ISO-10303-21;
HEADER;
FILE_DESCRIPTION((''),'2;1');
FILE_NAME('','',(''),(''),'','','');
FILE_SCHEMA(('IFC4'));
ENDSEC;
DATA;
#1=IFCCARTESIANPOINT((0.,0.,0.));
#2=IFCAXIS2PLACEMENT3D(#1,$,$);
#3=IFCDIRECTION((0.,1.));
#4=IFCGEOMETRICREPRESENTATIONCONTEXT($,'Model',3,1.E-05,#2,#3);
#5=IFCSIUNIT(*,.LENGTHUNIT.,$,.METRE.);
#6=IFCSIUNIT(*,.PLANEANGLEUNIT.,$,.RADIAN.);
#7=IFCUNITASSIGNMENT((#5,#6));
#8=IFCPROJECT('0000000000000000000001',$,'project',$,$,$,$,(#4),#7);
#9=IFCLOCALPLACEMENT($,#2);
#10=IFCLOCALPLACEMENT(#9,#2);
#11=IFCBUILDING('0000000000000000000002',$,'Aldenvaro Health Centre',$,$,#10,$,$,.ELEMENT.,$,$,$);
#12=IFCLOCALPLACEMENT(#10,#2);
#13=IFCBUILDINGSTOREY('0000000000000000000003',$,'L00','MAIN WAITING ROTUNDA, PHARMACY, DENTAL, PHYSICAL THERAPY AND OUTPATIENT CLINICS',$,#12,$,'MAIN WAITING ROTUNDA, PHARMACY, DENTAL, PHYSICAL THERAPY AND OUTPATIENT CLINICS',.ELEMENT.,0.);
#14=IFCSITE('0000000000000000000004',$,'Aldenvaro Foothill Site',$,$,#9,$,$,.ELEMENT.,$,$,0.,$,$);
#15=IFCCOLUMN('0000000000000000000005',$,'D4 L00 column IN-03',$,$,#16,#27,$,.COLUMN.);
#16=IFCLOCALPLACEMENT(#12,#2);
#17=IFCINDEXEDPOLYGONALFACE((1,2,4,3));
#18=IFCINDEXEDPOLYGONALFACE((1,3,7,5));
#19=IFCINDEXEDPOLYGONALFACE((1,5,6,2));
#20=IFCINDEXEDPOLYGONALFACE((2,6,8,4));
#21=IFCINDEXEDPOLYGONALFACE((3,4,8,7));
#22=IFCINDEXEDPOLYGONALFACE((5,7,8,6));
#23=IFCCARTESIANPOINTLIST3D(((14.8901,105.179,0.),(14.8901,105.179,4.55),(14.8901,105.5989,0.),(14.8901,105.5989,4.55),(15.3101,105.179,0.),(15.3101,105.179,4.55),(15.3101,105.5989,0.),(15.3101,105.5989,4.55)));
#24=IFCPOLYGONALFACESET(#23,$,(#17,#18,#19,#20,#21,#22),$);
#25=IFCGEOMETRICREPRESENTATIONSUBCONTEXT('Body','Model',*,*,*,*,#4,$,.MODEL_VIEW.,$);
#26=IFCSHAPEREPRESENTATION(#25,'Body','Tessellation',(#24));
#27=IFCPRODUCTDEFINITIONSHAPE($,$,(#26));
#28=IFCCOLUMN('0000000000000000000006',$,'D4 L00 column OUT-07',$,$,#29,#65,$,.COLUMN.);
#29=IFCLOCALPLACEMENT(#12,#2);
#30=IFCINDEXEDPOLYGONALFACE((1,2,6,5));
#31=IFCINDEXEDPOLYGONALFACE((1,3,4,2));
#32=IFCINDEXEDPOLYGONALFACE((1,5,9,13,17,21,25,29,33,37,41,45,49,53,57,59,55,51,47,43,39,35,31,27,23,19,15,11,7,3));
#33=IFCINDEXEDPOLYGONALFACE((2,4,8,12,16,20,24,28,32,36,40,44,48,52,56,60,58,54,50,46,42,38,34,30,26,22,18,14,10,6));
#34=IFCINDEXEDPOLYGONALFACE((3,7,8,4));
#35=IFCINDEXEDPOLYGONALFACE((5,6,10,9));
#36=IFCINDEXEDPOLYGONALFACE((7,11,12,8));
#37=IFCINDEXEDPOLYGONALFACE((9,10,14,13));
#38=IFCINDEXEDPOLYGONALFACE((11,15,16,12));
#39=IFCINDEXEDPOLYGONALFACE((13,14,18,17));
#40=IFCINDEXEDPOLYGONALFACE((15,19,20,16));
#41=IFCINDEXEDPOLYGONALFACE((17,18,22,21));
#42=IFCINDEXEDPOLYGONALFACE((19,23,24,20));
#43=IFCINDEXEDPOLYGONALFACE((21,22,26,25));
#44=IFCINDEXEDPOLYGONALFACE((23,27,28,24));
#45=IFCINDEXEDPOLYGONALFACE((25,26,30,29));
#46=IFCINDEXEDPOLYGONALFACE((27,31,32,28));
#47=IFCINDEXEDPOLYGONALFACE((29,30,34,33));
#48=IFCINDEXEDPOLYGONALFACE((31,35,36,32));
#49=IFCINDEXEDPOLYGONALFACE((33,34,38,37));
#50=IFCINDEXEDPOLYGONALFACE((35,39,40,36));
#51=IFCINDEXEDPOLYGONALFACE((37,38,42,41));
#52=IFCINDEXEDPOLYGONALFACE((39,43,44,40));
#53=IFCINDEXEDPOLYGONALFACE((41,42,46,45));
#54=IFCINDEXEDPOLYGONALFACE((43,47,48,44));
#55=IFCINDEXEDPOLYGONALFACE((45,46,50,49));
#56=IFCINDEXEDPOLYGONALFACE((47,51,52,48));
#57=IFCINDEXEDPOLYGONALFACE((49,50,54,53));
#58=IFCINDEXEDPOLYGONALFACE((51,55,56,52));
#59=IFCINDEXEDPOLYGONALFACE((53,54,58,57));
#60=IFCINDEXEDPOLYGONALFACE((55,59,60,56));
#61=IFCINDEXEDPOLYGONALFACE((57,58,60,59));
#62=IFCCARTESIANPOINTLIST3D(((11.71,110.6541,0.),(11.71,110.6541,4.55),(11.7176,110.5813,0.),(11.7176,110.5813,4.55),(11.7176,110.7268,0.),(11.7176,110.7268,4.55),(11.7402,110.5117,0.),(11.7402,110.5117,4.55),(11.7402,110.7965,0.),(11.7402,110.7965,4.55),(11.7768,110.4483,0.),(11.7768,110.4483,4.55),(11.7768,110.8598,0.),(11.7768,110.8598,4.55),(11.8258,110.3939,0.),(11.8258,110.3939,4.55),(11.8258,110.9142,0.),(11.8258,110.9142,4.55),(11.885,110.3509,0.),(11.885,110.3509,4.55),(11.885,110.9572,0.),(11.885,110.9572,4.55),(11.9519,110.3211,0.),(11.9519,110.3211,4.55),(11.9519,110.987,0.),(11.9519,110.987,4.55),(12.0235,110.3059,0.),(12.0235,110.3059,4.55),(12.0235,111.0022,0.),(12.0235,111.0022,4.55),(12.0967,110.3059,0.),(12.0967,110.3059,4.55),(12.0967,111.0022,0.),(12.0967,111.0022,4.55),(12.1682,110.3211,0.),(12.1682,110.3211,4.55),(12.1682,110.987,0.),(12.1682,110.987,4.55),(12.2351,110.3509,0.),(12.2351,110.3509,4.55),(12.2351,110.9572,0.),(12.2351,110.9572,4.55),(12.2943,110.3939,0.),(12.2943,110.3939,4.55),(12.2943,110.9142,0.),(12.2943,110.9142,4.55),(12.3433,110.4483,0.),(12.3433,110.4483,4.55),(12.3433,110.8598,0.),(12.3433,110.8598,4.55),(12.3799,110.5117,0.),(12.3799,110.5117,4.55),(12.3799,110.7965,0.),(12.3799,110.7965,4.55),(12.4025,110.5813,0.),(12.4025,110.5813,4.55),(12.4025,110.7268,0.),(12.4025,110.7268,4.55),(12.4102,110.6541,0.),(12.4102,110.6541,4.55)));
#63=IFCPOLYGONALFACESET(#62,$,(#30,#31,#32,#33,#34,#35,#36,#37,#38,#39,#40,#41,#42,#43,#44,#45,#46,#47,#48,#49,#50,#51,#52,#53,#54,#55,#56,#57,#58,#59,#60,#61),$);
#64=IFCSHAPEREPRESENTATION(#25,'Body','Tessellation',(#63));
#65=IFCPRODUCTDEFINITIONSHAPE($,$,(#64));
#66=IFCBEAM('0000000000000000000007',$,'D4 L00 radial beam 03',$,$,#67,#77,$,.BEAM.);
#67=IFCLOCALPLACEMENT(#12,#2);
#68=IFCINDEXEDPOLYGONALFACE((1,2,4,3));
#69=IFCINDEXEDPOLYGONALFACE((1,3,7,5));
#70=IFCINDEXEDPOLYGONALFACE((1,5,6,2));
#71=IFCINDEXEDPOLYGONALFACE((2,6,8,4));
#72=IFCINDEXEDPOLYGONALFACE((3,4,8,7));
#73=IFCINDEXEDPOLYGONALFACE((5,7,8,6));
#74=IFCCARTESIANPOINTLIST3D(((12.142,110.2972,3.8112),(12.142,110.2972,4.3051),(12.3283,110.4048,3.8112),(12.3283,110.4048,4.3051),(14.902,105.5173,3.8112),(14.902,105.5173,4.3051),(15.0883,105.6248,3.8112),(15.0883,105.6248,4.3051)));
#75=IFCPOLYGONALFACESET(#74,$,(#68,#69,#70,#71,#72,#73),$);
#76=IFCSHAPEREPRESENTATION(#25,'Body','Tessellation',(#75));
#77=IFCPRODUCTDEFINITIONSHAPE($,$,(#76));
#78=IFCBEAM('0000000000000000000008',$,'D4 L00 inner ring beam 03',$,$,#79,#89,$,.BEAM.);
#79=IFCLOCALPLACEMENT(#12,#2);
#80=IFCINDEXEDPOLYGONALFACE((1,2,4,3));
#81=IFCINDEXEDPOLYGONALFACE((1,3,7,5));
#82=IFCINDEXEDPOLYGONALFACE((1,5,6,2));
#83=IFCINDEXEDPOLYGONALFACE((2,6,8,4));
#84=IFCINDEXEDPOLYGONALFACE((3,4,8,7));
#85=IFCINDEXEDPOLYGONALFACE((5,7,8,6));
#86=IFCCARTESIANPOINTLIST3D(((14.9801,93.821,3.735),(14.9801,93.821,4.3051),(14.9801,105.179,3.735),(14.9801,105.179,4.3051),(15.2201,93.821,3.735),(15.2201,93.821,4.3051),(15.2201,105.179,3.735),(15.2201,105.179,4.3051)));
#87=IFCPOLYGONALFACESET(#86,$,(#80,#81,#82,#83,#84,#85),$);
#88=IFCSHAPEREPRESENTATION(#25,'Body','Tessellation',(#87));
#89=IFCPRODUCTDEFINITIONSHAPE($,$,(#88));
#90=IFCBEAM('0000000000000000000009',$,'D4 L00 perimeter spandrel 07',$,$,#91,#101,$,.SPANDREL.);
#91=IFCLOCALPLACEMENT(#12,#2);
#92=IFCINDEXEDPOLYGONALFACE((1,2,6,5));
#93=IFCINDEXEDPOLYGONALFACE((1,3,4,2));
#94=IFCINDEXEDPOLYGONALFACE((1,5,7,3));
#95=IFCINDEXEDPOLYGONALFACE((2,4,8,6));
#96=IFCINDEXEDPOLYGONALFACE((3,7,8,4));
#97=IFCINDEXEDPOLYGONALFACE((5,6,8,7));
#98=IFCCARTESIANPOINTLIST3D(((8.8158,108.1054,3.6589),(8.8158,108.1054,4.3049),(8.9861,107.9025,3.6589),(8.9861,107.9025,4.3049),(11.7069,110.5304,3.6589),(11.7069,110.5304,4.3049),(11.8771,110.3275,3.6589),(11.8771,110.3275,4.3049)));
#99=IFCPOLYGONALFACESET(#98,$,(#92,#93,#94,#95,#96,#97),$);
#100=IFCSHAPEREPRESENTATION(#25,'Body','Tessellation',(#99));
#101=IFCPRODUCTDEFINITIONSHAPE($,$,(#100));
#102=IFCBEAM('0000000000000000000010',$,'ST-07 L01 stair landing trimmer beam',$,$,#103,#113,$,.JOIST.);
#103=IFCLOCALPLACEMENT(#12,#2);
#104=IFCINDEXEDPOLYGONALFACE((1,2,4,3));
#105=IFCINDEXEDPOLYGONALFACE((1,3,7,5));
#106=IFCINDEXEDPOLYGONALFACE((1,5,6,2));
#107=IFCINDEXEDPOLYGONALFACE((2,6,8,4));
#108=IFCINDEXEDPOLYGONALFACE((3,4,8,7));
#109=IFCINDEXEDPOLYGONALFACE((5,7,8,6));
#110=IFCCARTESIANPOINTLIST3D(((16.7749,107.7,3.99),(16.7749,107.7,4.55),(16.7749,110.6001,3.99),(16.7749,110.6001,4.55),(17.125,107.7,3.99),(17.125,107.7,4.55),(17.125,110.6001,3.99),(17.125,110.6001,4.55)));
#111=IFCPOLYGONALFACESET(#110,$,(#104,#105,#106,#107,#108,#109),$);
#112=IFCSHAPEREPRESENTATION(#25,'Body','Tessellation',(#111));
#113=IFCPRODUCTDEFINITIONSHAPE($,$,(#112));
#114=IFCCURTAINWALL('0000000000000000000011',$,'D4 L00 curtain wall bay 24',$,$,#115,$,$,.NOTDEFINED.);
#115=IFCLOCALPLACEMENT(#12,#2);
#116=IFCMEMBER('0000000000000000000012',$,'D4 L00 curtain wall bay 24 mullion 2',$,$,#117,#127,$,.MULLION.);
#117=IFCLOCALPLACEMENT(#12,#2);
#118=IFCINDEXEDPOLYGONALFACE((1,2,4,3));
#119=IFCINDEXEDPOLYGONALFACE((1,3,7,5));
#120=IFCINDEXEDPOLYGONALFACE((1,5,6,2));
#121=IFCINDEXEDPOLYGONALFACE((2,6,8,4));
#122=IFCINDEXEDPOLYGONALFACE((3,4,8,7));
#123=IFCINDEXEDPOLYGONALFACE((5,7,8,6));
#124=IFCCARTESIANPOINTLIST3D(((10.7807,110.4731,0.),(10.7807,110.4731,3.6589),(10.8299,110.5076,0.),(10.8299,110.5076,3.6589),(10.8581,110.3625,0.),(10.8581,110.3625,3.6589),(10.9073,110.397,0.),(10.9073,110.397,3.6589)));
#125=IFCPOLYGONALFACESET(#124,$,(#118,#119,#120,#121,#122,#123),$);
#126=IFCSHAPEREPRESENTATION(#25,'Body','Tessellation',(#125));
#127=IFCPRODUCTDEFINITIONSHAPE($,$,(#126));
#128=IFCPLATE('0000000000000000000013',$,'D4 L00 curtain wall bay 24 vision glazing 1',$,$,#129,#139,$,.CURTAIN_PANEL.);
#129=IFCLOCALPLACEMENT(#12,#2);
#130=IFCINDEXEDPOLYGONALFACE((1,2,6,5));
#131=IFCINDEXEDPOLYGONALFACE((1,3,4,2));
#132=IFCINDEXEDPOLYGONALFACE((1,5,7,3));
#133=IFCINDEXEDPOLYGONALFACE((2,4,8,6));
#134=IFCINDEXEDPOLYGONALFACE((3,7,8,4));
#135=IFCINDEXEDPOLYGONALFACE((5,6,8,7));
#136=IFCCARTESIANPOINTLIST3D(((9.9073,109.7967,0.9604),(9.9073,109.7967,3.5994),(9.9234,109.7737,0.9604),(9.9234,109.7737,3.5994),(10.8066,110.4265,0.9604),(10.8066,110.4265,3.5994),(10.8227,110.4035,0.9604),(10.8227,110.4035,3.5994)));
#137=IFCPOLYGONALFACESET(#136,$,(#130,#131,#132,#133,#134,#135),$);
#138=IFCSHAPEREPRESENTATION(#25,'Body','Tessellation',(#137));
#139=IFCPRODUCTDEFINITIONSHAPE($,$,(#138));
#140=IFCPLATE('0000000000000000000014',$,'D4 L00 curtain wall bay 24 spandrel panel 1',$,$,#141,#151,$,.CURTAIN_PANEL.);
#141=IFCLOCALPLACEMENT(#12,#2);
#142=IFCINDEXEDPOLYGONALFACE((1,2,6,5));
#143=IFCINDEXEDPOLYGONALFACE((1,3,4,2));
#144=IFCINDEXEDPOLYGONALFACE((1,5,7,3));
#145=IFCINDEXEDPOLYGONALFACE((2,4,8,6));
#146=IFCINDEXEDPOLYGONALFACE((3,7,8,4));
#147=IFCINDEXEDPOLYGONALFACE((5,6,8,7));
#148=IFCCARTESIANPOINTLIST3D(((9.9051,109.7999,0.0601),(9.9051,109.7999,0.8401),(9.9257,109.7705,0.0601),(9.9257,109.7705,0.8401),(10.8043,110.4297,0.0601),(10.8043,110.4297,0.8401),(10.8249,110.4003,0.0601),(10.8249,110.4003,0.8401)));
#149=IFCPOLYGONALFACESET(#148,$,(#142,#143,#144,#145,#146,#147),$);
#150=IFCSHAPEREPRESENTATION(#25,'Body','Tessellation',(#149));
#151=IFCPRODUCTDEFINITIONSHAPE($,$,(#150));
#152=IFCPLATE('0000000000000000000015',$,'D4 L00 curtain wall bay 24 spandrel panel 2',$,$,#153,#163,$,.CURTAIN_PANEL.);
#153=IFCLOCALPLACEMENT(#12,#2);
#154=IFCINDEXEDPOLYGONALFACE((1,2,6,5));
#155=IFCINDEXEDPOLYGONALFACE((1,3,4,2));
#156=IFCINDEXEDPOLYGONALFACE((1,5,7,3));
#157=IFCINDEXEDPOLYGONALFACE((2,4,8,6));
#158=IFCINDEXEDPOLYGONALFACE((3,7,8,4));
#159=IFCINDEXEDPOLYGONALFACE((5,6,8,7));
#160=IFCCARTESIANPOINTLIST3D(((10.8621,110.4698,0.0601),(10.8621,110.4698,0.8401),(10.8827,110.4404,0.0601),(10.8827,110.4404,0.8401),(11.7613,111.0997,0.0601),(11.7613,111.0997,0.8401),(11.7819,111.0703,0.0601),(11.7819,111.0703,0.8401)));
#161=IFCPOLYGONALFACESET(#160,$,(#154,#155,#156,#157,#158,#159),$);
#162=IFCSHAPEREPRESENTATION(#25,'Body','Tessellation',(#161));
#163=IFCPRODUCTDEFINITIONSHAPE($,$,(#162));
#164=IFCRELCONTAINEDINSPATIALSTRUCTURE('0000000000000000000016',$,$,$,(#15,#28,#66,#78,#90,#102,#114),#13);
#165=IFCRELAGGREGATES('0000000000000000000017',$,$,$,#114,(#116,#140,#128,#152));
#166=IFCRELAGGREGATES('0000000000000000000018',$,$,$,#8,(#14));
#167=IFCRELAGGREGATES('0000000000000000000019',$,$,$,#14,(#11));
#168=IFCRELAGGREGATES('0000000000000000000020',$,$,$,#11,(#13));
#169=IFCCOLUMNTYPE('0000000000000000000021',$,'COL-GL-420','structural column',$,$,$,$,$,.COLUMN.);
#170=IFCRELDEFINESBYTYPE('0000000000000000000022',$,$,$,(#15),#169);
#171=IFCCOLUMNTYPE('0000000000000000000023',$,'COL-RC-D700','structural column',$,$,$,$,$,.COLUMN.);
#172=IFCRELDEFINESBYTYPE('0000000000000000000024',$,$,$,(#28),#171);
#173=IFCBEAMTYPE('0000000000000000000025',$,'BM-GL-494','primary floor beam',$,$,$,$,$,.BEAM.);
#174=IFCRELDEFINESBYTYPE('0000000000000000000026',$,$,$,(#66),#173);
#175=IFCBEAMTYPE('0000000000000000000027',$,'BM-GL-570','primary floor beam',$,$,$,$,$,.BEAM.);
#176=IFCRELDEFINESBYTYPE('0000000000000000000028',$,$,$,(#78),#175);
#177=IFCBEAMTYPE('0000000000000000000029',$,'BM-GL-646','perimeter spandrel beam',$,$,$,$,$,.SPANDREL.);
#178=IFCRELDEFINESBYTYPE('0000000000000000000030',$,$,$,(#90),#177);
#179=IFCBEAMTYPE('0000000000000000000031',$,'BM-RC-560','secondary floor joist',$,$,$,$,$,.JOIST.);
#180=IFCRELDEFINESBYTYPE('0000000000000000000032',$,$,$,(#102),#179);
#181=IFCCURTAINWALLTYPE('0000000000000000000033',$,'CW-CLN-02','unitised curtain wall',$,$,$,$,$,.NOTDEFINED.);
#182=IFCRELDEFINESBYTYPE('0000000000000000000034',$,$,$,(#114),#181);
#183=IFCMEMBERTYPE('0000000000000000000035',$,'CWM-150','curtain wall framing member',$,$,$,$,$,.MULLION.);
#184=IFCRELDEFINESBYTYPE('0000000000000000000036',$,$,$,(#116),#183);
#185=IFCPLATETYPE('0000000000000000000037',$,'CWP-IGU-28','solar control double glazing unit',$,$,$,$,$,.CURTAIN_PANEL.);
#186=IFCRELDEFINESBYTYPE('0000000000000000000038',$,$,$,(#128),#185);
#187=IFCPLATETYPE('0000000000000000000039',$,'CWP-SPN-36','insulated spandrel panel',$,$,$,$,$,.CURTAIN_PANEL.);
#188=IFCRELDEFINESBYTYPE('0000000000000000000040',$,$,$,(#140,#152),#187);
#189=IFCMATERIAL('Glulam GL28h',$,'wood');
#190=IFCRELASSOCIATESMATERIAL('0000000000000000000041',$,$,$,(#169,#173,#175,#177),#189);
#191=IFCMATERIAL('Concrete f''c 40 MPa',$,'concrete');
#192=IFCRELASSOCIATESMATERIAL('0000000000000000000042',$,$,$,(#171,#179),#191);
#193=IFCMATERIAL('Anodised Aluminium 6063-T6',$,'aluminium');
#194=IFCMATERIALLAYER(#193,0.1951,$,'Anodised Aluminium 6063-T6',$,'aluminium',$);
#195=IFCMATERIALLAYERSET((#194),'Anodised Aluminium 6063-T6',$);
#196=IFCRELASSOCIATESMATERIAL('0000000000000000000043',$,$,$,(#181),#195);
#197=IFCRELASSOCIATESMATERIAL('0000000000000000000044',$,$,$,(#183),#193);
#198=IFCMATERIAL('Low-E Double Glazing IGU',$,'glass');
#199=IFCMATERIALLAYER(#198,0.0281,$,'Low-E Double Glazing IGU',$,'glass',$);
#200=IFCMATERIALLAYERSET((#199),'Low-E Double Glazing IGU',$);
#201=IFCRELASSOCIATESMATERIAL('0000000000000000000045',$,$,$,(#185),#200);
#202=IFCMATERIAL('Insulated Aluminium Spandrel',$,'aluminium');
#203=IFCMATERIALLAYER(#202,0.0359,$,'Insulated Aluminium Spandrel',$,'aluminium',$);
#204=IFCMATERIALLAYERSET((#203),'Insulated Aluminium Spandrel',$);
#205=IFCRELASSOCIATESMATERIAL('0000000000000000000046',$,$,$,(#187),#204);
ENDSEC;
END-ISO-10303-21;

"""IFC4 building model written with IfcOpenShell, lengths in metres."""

from ifc_helpers import new_model, si_unit, direction, frame, origin, origin_2d, place, context, subcontext, project, spatial, rectangle, circle, extrude, material, layer, layer_set, material_profile, profile_set, type_object, element, aggregate, save


model = new_model("IFC4")

# Units and contexts
model_context = context("Model", 3, precision=1e-05, world=origin(), true_north=direction((0.0, 1.0)))
body_context = subcontext(model_context, "Body", "Model", "MODEL_VIEW")
ifc_project = project(units=[si_unit("LENGTHUNIT", "METRE"), si_unit("PLANEANGLEUNIT", "RADIAN")], contexts=[model_context])

# Site, building, storey
site_placement = place(None, origin())
site = spatial("IfcSite", under=ifc_project, at=site_placement, Name="Aldenvaro Foothill Site", CompositionType="ELEMENT", RefElevation=0.0)
building_placement = place(site_placement, origin())
building = spatial("IfcBuilding", under=site, at=building_placement, Name="Aldenvaro Health Centre", CompositionType="ELEMENT")
storey_placement = place(building_placement, origin())
storey = spatial("IfcBuildingStorey", under=building, at=storey_placement, Name="L00", Description="MAIN WAITING ROTUNDA, PHARMACY, DENTAL, PHYSICAL THERAPY AND OUTPATIENT CLINICS", LongName="MAIN WAITING ROTUNDA, PHARMACY, DENTAL, PHYSICAL THERAPY AND OUTPATIENT CLINICS", CompositionType="ELEMENT", Elevation=0.0)

# Columns
ifc_material_1 = material(Name="Glulam GL28h", Category="wood")
ifc_material_profile_1 = material_profile(ifc_material_1, rectangle(XDim=0.4199, YDim=0.4199, at=origin_2d()), Name="GL 420x420", Category="wood")
ifc_profile_set_1 = profile_set([ifc_material_profile_1], Name="Glulam GL28h")
column_type_1 = type_object("IfcColumnType", Name="COL-GL-420", Description="structural column", PredefinedType="COLUMN", material=ifc_profile_set_1)
column_1_placement = place(storey_placement, frame((15.1001, 105.3889, 0.0), z_axis=(0.0, 0.0, 1.0), x_axis=(1.0, 0.0, 0.0)))
element("IfcColumn", 1, at=column_1_placement, inside=storey, type_object=column_type_1, Name="D4 L00 column IN-03", PredefinedType="COLUMN", context=body_context, shape_type="SweptSolid", body=[
    extrude(rectangle(XDim=0.4199, YDim=0.4199, at=origin_2d()), origin(), (0.0, 0.0, 1.0), 4.55),
])
ifc_material_2 = material(Name="Concrete f'c 40 MPa", Category="concrete")
ifc_material_profile_2 = material_profile(ifc_material_2, circle(Radius=0.3501, at=origin_2d()), Name="RC D700", Category="concrete")
ifc_profile_set_2 = profile_set([ifc_material_profile_2], Name="Concrete f'c 40 MPa")
column_type_2 = type_object("IfcColumnType", Name="COL-RC-D700", Description="structural column", PredefinedType="COLUMN", material=ifc_profile_set_2)
column_2_placement = place(storey_placement, frame((12.0601, 110.6541, 0.0), z_axis=(0.0, 0.0, 1.0), x_axis=(1.0, 0.0, 0.0)))
element("IfcColumn", 2, at=column_2_placement, inside=storey, type_object=column_type_2, Name="D4 L00 column OUT-07", PredefinedType="COLUMN", context=body_context, shape_type="SweptSolid", body=[
    extrude(circle(Radius=0.3501, at=origin_2d()), origin(), (0.0, 0.0, 1.0), 4.55),
])

# Beams
ifc_material_profile_3 = material_profile(ifc_material_1, rectangle(XDim=0.2151, YDim=0.4939, at=origin_2d()), Name="GL 215x494", Category="wood")
ifc_profile_set_3 = profile_set([ifc_material_profile_3], Name="Glulam GL28h")
beam_type_1 = type_object("IfcBeamType", Name="BM-GL-494", Description="primary floor beam", PredefinedType="BEAM", material=ifc_profile_set_3)
beam_1_placement = place(storey_placement, frame((14.9951, 105.571, 4.0581), z_axis=(-0.500035, 0.866005, 0.0), x_axis=(-0.866005, -0.500035, 0.0)))
element("IfcBeam", 3, at=beam_1_placement, inside=storey, type_object=beam_type_1, Name="D4 L00 radial beam 03", PredefinedType="BEAM", context=body_context, shape_type="SweptSolid", body=[
    extrude(rectangle(XDim=0.2151, YDim=0.4939, at=origin_2d()), origin(), (0.0, 0.0, 1.0), 5.5195),
])
ifc_material_profile_4 = material_profile(ifc_material_1, rectangle(XDim=0.24, YDim=0.5701, at=origin_2d()), Name="GL 240x570", Category="wood")
ifc_profile_set_4 = profile_set([ifc_material_profile_4], Name="Glulam GL28h")
beam_type_2 = type_object("IfcBeamType", Name="BM-GL-570", Description="primary floor beam", PredefinedType="BEAM", material=ifc_profile_set_4)
beam_2_placement = place(storey_placement, frame((15.1001, 105.179, 4.02), z_axis=(0.0, -1.0, 0.0), x_axis=(1.0, 0.0, 0.0)))
element("IfcBeam", 4, at=beam_2_placement, inside=storey, type_object=beam_type_2, Name="D4 L00 inner ring beam 03", PredefinedType="BEAM", context=body_context, shape_type="SweptSolid", body=[
    extrude(rectangle(XDim=0.24, YDim=0.5701, at=origin_2d()), origin(), (0.0, 0.0, 1.0), 11.3579),
])
ifc_material_profile_5 = material_profile(ifc_material_1, rectangle(XDim=0.2649, YDim=0.646, at=origin_2d()), Name="GL 265x646", Category="wood")
ifc_profile_set_5 = profile_set([ifc_material_profile_5], Name="Glulam GL28h")
beam_type_3 = type_object("IfcBeamType", Name="BM-GL-646", Description="perimeter spandrel beam", PredefinedType="SPANDREL", material=ifc_profile_set_5)
beam_3_placement = place(storey_placement, frame((11.792, 110.429, 3.9819), z_axis=(-0.76616, -0.64265, 0.0), x_axis=(0.64265, -0.76616, 0.0)))
element("IfcBeam", 5, at=beam_3_placement, inside=storey, type_object=beam_type_3, Name="D4 L00 perimeter spandrel 07", PredefinedType="SPANDREL", context=body_context, shape_type="SweptSolid", body=[
    extrude(rectangle(XDim=0.2649, YDim=0.646, at=origin_2d()), origin(), (0.0, 0.0, 1.0), 3.7734),
])
ifc_material_profile_6 = material_profile(ifc_material_2, rectangle(XDim=0.3501, YDim=0.5601, at=origin_2d()), Name="RC 350x560", Category="concrete")
ifc_profile_set_6 = profile_set([ifc_material_profile_6], Name="Concrete f'c 40 MPa")
beam_type_4 = type_object("IfcBeamType", Name="BM-RC-560", Description="secondary floor joist", PredefinedType="JOIST", material=ifc_profile_set_6)
beam_4_placement = place(storey_placement, frame((16.95, 107.7, 4.27), z_axis=(0.0, 1.0, 0.0), x_axis=(-1.0, 0.0, 0.0)))
element("IfcBeam", 6, at=beam_4_placement, inside=storey, type_object=beam_type_4, Name="ST-07 L01 stair landing trimmer beam", PredefinedType="JOIST", context=body_context, shape_type="SweptSolid", body=[
    extrude(rectangle(XDim=0.3501, YDim=0.5601, at=origin_2d()), origin(), (0.0, 0.0, 1.0), 2.9001),
])

# Curtain wall, member, plates
ifc_material_3 = material(Name="Anodised Aluminium 6063-T6", Category="aluminium")
ifc_layer_1 = layer(ifc_material_3, 0.1951, Name="Anodised Aluminium 6063-T6", Category="aluminium")
ifc_layer_set_1 = layer_set([ifc_layer_1], Name="Anodised Aluminium 6063-T6")
curtain_wall_type = type_object("IfcCurtainWallType", Name="CW-CLN-02", Description="unitised curtain wall", PredefinedType="NOTDEFINED", material=ifc_layer_set_1)
curtain_wall_placement = place(storey_placement, origin())
curtain_wall = element("IfcCurtainWall", 7, at=curtain_wall_placement, inside=storey, type_object=curtain_wall_type, Name="D4 L00 curtain wall bay 24", PredefinedType="NOTDEFINED")
ifc_material_profile_7 = material_profile(ifc_material_3, rectangle(XDim=0.0601, YDim=0.135, at=origin_2d()), Name="ALU 60x135", Category="aluminium")
ifc_profile_set_7 = profile_set([ifc_material_profile_7], Name="Anodised Aluminium 6063-T6")
member_type = type_object("IfcMemberType", Name="CWM-150", Description="curtain wall framing member", PredefinedType="MULLION", material=ifc_profile_set_7)
member_placement = place(storey_placement, frame((10.844, 110.4351, 0.0), z_axis=(0.0, 0.0, 1.0), x_axis=(0.819051, 0.573721, 0.0)))
member = element("IfcMember", 8, at=member_placement, type_object=member_type, Name="D4 L00 curtain wall bay 24 mullion 2", PredefinedType="MULLION", context=body_context, shape_type="SweptSolid", body=[
    extrude(rectangle(XDim=0.0601, YDim=0.135, at=origin_2d()), origin(), (0.0, 0.0, 1.0), 3.6589),
])
ifc_material_4 = material(Name="Low-E Double Glazing IGU", Category="glass")
ifc_layer_2 = layer(ifc_material_4, 0.0281, Name="Low-E Double Glazing IGU", Category="glass")
ifc_layer_set_2 = layer_set([ifc_layer_2], Name="Low-E Double Glazing IGU")
plate_type_1 = type_object("IfcPlateType", Name="CWP-IGU-28", Description="solar control double glazing unit", PredefinedType="CURTAIN_PANEL", material=ifc_layer_set_2)
plate_1_placement = place(storey_placement, frame((10.365, 110.1001, 0.9604), z_axis=(0.0, 0.0, 1.0), x_axis=(0.819051, 0.573721, 0.0)))
plate_1 = element("IfcPlate", 9, at=plate_1_placement, type_object=plate_type_1, Name="D4 L00 curtain wall bay 24 vision glazing 1", PredefinedType="CURTAIN_PANEL", context=body_context, shape_type="SweptSolid", body=[
    extrude(rectangle(XDim=1.0979, YDim=0.0281, at=origin_2d()), origin(), (0.0, 0.0, 1.0), 2.6389),
])
ifc_material_5 = material(Name="Insulated Aluminium Spandrel", Category="aluminium")
ifc_layer_3 = layer(ifc_material_5, 0.0359, Name="Insulated Aluminium Spandrel", Category="aluminium")
ifc_layer_set_3 = layer_set([ifc_layer_3], Name="Insulated Aluminium Spandrel")
plate_type_2 = type_object("IfcPlateType", Name="CWP-SPN-36", Description="insulated spandrel panel", PredefinedType="CURTAIN_PANEL", material=ifc_layer_set_3)
plate_2_placement = place(storey_placement, frame((10.365, 110.1001, 0.0601), z_axis=(0.0, 0.0, 1.0), x_axis=(0.819051, 0.573721, 0.0)))
plate_2 = element("IfcPlate", 10, at=plate_2_placement, type_object=plate_type_2, Name="D4 L00 curtain wall bay 24 spandrel panel 1", PredefinedType="CURTAIN_PANEL", context=body_context, shape_type="SweptSolid", body=[
    extrude(rectangle(XDim=1.0979, YDim=0.0359, at=origin_2d()), origin(), (0.0, 0.0, 1.0), 0.78),
])
plate_3_placement = place(storey_placement, frame((11.322, 110.77, 0.0601), z_axis=(0.0, 0.0, 1.0), x_axis=(0.819051, 0.573721, 0.0)))
plate_3 = element("IfcPlate", 11, at=plate_3_placement, type_object=plate_type_2, Name="D4 L00 curtain wall bay 24 spandrel panel 2", PredefinedType="CURTAIN_PANEL", context=body_context, shape_type="SweptSolid", body=[
    extrude(rectangle(XDim=1.0979, YDim=0.0359, at=origin_2d()), origin(), (0.0, 0.0, 1.0), 0.78),
])
aggregate(curtain_wall, [member, plate_2, plate_1, plate_3])

save(model, "model.ifc")
